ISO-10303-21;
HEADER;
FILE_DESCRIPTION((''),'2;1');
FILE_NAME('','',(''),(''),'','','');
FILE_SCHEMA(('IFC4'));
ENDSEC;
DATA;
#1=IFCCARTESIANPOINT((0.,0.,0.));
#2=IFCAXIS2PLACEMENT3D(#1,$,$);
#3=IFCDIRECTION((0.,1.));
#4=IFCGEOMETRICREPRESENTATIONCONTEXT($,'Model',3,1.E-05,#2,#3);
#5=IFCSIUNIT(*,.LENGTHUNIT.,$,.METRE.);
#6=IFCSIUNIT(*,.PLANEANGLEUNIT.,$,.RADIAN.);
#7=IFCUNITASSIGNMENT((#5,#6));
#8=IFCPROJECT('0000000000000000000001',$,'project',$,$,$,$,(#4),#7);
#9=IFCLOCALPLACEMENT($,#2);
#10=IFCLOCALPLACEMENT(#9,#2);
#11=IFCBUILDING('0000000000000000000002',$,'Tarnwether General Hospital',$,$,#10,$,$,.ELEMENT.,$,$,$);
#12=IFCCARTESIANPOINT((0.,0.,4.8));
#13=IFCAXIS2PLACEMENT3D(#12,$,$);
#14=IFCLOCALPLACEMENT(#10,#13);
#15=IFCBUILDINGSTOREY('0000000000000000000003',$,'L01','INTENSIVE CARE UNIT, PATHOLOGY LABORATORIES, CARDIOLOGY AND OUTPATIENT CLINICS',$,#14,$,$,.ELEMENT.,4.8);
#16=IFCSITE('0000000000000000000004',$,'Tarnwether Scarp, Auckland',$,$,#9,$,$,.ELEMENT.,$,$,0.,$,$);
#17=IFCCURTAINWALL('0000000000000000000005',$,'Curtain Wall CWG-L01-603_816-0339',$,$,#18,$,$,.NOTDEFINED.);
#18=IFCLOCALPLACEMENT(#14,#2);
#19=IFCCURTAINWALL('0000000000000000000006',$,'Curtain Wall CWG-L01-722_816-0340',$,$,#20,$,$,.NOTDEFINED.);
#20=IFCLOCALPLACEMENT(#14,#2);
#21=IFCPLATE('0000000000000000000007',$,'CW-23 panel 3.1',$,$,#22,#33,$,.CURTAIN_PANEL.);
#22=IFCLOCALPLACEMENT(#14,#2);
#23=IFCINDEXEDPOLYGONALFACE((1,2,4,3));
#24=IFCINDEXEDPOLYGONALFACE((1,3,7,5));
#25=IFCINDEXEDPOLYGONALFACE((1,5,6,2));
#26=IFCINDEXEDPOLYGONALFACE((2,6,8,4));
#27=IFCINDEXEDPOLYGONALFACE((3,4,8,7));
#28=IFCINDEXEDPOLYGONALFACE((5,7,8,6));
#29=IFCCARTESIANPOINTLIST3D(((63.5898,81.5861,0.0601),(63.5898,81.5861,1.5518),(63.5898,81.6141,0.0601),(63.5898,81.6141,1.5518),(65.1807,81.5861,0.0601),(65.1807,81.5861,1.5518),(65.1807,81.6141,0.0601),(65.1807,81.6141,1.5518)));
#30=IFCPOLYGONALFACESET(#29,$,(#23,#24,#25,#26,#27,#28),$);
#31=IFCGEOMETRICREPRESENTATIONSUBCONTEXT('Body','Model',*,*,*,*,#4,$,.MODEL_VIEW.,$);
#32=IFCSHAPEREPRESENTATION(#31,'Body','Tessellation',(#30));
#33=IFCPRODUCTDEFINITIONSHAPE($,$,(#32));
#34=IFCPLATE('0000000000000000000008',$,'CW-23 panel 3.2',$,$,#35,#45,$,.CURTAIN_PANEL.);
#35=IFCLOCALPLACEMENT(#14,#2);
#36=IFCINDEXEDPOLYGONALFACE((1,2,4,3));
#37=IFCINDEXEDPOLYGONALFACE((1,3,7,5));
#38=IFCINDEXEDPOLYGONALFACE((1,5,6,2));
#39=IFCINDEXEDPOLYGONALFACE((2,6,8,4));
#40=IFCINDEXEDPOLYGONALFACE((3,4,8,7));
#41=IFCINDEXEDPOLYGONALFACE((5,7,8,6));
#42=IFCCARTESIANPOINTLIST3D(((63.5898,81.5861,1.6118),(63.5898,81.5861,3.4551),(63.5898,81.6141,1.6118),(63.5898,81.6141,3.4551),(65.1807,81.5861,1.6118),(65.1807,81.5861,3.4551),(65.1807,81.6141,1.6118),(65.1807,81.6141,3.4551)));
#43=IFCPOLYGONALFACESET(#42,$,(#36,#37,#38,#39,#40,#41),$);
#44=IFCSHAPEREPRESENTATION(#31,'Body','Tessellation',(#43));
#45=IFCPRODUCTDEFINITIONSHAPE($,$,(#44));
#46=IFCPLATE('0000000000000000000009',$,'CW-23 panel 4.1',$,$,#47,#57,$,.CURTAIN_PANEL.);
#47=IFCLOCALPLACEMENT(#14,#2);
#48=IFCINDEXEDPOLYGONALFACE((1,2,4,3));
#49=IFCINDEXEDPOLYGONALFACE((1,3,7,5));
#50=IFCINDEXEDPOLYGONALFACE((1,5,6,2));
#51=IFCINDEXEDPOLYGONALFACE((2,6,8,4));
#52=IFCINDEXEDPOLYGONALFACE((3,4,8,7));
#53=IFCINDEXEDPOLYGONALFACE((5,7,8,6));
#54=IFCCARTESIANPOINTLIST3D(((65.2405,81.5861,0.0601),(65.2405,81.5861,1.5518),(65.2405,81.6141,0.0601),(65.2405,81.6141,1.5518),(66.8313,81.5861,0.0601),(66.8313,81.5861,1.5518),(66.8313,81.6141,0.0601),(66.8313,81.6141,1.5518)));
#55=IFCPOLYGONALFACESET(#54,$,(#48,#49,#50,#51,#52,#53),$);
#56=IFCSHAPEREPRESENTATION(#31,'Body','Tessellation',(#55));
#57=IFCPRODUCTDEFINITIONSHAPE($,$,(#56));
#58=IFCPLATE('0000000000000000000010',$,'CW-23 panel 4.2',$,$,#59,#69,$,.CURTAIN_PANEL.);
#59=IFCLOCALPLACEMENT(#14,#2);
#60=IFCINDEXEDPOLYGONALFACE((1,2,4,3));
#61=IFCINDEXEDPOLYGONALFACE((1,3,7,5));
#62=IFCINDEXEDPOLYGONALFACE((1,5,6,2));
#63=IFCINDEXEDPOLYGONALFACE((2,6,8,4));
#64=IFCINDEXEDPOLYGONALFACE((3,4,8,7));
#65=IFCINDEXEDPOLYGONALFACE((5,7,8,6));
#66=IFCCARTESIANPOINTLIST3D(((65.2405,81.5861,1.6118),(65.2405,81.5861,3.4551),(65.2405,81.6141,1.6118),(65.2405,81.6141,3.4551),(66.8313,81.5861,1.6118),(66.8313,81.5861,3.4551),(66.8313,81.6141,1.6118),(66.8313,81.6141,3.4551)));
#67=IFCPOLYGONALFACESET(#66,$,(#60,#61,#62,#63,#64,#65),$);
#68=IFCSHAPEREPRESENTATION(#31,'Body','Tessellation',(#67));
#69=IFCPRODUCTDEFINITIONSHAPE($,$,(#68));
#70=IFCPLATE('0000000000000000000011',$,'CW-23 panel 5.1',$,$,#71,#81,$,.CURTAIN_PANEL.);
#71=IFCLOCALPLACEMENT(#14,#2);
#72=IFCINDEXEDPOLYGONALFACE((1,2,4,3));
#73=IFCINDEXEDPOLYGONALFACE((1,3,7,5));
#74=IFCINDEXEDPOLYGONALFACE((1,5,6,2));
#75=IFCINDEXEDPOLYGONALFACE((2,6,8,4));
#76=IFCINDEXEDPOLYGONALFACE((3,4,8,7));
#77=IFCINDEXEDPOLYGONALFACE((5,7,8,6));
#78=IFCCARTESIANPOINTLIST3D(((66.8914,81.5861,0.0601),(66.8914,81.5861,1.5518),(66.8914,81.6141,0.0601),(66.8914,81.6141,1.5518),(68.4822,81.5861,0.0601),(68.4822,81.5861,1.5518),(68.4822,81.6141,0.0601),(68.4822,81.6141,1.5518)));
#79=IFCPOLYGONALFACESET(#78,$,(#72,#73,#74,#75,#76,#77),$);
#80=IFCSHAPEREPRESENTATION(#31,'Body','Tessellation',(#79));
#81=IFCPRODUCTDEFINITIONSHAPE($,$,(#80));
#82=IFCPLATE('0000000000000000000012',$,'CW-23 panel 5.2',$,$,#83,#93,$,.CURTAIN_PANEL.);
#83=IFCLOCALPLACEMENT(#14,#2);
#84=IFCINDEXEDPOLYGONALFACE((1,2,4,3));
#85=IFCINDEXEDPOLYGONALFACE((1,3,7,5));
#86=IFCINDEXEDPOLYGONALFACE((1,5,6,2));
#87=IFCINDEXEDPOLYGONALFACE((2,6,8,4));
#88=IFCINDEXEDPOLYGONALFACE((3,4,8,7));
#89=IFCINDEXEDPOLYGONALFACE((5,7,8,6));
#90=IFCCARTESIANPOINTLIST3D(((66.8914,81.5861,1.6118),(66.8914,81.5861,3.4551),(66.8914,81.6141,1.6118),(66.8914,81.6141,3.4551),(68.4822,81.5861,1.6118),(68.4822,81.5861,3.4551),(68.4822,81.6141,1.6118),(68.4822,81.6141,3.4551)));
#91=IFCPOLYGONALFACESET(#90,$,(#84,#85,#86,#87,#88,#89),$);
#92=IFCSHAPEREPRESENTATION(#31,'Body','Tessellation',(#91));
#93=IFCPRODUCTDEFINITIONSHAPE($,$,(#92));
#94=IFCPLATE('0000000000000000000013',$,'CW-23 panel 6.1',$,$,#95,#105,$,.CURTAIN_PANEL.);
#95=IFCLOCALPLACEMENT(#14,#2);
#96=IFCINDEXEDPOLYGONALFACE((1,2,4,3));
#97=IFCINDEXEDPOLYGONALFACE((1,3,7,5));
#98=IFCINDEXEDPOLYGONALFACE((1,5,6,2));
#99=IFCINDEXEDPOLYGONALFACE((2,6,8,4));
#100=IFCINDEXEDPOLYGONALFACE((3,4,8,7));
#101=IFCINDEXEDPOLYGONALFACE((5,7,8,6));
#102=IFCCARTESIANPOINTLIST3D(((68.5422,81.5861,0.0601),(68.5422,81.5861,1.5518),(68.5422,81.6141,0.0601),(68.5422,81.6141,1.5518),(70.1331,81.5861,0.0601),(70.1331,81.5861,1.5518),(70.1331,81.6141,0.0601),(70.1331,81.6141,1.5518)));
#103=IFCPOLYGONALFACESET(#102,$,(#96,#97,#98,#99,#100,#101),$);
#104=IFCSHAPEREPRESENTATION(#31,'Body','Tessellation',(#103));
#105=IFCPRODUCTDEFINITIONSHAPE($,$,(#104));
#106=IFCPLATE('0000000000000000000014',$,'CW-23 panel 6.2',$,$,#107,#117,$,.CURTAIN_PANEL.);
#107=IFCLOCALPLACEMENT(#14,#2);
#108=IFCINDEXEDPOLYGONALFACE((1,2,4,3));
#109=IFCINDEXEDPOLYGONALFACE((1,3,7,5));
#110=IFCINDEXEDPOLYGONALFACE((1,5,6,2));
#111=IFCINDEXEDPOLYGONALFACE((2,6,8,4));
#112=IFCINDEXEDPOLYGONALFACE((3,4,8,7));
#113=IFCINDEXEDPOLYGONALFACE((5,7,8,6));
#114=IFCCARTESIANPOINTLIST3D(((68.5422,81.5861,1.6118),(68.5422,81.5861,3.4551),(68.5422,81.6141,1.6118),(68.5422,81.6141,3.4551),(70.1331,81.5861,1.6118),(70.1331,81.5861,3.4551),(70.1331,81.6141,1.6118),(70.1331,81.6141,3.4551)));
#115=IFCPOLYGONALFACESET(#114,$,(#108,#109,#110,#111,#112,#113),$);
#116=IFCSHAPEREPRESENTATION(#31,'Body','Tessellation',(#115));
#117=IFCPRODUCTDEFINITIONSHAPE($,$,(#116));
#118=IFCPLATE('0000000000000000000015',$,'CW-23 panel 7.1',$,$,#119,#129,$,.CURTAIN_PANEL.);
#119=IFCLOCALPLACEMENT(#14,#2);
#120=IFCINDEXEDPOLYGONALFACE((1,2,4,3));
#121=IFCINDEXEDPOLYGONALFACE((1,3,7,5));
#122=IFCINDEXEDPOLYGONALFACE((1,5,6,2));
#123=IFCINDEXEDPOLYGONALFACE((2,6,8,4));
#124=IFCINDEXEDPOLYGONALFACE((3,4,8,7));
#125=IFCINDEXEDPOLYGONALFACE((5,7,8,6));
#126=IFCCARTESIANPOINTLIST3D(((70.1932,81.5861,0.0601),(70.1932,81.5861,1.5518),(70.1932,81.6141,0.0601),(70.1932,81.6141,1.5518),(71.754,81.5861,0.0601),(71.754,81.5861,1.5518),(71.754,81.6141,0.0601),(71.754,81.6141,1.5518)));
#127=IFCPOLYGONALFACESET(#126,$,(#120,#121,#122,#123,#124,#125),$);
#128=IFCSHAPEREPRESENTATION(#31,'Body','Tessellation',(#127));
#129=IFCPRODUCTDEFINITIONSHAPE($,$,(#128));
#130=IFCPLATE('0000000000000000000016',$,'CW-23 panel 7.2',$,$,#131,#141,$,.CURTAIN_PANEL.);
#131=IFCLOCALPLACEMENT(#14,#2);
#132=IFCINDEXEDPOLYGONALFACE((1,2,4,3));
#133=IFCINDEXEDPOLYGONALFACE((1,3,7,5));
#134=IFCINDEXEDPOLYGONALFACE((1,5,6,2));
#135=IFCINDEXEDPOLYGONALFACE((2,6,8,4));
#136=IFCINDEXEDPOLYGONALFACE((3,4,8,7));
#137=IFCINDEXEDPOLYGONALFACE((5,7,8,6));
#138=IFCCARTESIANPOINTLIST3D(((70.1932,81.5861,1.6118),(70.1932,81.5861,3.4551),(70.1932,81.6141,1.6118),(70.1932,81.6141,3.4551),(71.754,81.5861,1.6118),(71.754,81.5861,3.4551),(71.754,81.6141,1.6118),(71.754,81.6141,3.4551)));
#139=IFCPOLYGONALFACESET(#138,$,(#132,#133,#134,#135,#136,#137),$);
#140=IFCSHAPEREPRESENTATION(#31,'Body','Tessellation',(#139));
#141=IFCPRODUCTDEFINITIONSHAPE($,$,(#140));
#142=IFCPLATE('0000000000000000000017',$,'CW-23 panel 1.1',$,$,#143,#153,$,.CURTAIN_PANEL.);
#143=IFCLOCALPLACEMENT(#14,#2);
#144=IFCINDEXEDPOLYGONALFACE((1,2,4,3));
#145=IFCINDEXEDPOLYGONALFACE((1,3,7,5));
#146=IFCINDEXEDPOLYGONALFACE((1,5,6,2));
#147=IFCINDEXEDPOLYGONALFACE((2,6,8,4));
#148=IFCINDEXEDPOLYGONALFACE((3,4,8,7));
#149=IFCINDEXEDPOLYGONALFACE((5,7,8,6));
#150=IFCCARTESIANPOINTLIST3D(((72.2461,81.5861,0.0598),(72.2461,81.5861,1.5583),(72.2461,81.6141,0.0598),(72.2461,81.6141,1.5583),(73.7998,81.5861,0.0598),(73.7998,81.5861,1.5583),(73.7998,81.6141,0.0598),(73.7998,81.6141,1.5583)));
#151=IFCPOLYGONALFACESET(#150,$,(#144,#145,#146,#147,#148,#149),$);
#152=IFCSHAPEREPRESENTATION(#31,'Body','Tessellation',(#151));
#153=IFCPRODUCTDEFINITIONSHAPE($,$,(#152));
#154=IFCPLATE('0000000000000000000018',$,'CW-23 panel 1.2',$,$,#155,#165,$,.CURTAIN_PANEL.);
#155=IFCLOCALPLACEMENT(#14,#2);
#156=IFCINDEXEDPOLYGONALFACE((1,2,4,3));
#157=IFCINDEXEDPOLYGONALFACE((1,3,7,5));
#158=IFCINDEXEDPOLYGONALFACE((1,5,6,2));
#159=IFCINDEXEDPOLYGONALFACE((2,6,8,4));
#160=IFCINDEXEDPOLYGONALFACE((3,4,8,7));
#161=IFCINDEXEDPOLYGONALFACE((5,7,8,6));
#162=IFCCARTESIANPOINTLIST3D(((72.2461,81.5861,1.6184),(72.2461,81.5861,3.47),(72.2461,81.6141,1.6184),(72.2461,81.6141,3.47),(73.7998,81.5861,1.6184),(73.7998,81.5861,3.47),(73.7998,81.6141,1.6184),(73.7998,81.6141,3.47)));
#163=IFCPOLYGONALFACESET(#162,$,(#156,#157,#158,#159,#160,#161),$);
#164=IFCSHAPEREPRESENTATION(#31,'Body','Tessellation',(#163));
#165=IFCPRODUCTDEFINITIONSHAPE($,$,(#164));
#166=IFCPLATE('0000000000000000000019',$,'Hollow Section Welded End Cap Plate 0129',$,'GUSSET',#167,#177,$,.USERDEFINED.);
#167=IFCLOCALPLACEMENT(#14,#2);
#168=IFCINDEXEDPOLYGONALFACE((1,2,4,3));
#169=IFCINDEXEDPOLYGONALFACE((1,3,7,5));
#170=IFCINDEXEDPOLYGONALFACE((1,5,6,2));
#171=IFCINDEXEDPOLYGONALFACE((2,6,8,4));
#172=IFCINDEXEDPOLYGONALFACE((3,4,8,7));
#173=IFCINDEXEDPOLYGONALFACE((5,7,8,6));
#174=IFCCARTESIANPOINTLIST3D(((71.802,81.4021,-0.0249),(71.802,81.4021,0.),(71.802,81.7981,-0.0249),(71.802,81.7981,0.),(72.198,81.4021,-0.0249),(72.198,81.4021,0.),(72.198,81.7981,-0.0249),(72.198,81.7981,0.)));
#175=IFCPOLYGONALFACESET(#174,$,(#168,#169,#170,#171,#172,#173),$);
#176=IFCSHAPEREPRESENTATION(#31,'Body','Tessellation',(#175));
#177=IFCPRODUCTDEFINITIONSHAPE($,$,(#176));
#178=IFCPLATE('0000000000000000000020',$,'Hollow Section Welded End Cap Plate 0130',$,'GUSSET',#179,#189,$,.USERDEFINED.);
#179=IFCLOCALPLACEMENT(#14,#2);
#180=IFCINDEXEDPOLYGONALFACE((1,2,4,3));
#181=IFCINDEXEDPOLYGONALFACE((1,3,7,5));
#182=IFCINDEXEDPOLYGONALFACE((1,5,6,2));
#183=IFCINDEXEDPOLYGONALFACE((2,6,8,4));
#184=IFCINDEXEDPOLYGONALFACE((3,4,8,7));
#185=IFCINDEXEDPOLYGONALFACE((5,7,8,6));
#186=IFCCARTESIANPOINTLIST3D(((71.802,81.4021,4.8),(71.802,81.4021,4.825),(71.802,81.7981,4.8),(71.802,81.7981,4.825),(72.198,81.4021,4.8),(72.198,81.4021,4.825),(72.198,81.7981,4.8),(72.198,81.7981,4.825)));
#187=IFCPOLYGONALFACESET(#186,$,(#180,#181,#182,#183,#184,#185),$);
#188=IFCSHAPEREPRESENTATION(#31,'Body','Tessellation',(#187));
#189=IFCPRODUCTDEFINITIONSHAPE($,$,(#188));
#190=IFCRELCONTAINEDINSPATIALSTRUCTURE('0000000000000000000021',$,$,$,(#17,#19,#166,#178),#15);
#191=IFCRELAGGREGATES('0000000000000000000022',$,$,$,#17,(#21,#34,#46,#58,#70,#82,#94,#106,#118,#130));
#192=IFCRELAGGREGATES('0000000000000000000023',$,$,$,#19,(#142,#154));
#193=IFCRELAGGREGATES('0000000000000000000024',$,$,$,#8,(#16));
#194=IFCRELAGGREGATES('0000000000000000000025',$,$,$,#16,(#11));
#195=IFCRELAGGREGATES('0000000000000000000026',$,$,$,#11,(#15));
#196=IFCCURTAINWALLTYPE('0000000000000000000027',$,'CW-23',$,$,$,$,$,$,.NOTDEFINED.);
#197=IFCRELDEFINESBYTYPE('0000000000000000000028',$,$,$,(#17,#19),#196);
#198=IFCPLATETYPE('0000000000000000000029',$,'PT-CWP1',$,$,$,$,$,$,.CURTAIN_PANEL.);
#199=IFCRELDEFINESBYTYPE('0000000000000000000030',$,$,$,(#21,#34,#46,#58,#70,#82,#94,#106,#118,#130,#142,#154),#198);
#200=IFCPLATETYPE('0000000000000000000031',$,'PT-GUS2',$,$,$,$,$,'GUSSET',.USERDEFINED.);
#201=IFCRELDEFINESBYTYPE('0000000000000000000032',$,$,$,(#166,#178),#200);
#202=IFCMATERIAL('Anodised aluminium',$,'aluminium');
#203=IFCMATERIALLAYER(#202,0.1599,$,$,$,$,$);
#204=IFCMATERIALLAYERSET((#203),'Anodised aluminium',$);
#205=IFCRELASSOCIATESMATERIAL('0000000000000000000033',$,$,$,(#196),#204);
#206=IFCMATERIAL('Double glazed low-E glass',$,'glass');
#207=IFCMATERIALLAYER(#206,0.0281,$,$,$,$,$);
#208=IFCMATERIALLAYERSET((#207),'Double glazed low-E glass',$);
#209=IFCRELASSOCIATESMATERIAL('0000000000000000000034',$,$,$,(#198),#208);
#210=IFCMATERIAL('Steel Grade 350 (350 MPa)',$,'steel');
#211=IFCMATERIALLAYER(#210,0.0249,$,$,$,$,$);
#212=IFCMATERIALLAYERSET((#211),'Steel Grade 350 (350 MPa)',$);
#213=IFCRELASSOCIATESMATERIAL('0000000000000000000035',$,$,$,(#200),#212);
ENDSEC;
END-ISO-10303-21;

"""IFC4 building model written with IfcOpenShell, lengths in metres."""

from ifc_helpers import new_model, si_unit, direction, frame, origin, origin_2d, place, context, subcontext, project, spatial, rectangle, extrude, material, layer, layer_set, type_object, element, aggregate, save


model = new_model("IFC4")

# Units and contexts
model_context = context("Model", 3, precision=1e-05, world=origin(), true_north=direction((0.0, 1.0)))
body_context = subcontext(model_context, "Body", "Model", "MODEL_VIEW")
ifc_project = project(units=[si_unit("LENGTHUNIT", "METRE"), si_unit("PLANEANGLEUNIT", "RADIAN")], contexts=[model_context])

# Site, building, storey
site_placement = place(None, origin())
site = spatial("IfcSite", under=ifc_project, at=site_placement, Name="Tarnwether Scarp, Auckland", CompositionType="ELEMENT", RefElevation=0.0)
building_placement = place(site_placement, origin())
building = spatial("IfcBuilding", under=site, at=building_placement, Name="Tarnwether General Hospital", CompositionType="ELEMENT")
storey_placement = place(building_placement, frame((0.0, 0.0, 4.8)))
storey = spatial("IfcBuildingStorey", under=building, at=storey_placement, Name="L01", Description="INTENSIVE CARE UNIT, PATHOLOGY LABORATORIES, CARDIOLOGY AND OUTPATIENT CLINICS", CompositionType="ELEMENT", Elevation=4.8)

# Curtain wall
ifc_material_1 = material(Name="Anodised aluminium", Category="aluminium")
ifc_layer_1 = layer(ifc_material_1, 0.1599)
ifc_layer_set_1 = layer_set([ifc_layer_1], Name="Anodised aluminium")
curtain_wall_type = type_object("IfcCurtainWallType", Name="CW-23", PredefinedType="NOTDEFINED", material=ifc_layer_set_1)
curtain_wall_1_placement = place(storey_placement, origin())
curtain_wall_1 = element("IfcCurtainWall", 1, at=curtain_wall_1_placement, inside=storey, type_object=curtain_wall_type, Name="Curtain Wall CWG-L01-603_816-0339", PredefinedType="NOTDEFINED")

# Curtain wall
curtain_wall_2_placement = place(storey_placement, origin())
curtain_wall_2 = element("IfcCurtainWall", 2, at=curtain_wall_2_placement, inside=storey, type_object=curtain_wall_type, Name="Curtain Wall CWG-L01-722_816-0340", PredefinedType="NOTDEFINED")

# Plates
ifc_material_2 = material(Name="Double glazed low-E glass", Category="glass")
ifc_layer_2 = layer(ifc_material_2, 0.0281)
ifc_layer_set_2 = layer_set([ifc_layer_2], Name="Double glazed low-E glass")
plate_type_1 = type_object("IfcPlateType", Name="PT-CWP1", PredefinedType="CURTAIN_PANEL", material=ifc_layer_set_2)
plate_1_placement = place(storey_placement, frame((64.3853, 81.6001, 0.0601), z_axis=(0.0, 0.0, 1.0), x_axis=(1.0, 0.0, 0.0)))
plate_1 = element("IfcPlate", 3, at=plate_1_placement, type_object=plate_type_1, Name="CW-23 panel 3.1", PredefinedType="CURTAIN_PANEL", context=body_context, shape_type="SweptSolid", body=[
    extrude(rectangle(XDim=1.5908, YDim=0.0281, at=origin_2d()), origin(), (0.0, 0.0, 1.0), 1.4917),
])
plate_2_placement = place(storey_placement, frame((64.3853, 81.6001, 1.6118), z_axis=(0.0, 0.0, 1.0), x_axis=(1.0, 0.0, 0.0)))
plate_2 = element("IfcPlate", 4, at=plate_2_placement, type_object=plate_type_1, Name="CW-23 panel 3.2", PredefinedType="CURTAIN_PANEL", context=body_context, shape_type="SweptSolid", body=[
    extrude(rectangle(XDim=1.5908, YDim=0.0281, at=origin_2d()), origin(), (0.0, 0.0, 1.0), 1.8433),
])
plate_3_placement = place(storey_placement, frame((66.0359, 81.6001, 0.0601), z_axis=(0.0, 0.0, 1.0), x_axis=(1.0, 0.0, 0.0)))
plate_3 = element("IfcPlate", 5, at=plate_3_placement, type_object=plate_type_1, Name="CW-23 panel 4.1", PredefinedType="CURTAIN_PANEL", context=body_context, shape_type="SweptSolid", body=[
    extrude(rectangle(XDim=1.5908, YDim=0.0281, at=origin_2d()), origin(), (0.0, 0.0, 1.0), 1.4917),
])
plate_4_placement = place(storey_placement, frame((66.0359, 81.6001, 1.6118), z_axis=(0.0, 0.0, 1.0), x_axis=(1.0, 0.0, 0.0)))
plate_4 = element("IfcPlate", 6, at=plate_4_placement, type_object=plate_type_1, Name="CW-23 panel 4.2", PredefinedType="CURTAIN_PANEL", context=body_context, shape_type="SweptSolid", body=[
    extrude(rectangle(XDim=1.5908, YDim=0.0281, at=origin_2d()), origin(), (0.0, 0.0, 1.0), 1.8433),
])
plate_5_placement = place(storey_placement, frame((67.6868, 81.6001, 0.0601), z_axis=(0.0, 0.0, 1.0), x_axis=(1.0, 0.0, 0.0)))
plate_5 = element("IfcPlate", 7, at=plate_5_placement, type_object=plate_type_1, Name="CW-23 panel 5.1", PredefinedType="CURTAIN_PANEL", context=body_context, shape_type="SweptSolid", body=[
    extrude(rectangle(XDim=1.5908, YDim=0.0281, at=origin_2d()), origin(), (0.0, 0.0, 1.0), 1.4917),
])
plate_6_placement = place(storey_placement, frame((67.6868, 81.6001, 1.6118), z_axis=(0.0, 0.0, 1.0), x_axis=(1.0, 0.0, 0.0)))
plate_6 = element("IfcPlate", 8, at=plate_6_placement, type_object=plate_type_1, Name="CW-23 panel 5.2", PredefinedType="CURTAIN_PANEL", context=body_context, shape_type="SweptSolid", body=[
    extrude(rectangle(XDim=1.5908, YDim=0.0281, at=origin_2d()), origin(), (0.0, 0.0, 1.0), 1.8433),
])
plate_7_placement = place(storey_placement, frame((69.3376, 81.6001, 0.0601), z_axis=(0.0, 0.0, 1.0), x_axis=(1.0, 0.0, 0.0)))
plate_7 = element("IfcPlate", 9, at=plate_7_placement, type_object=plate_type_1, Name="CW-23 panel 6.1", PredefinedType="CURTAIN_PANEL", context=body_context, shape_type="SweptSolid", body=[
    extrude(rectangle(XDim=1.5908, YDim=0.0281, at=origin_2d()), origin(), (0.0, 0.0, 1.0), 1.4917),
])
plate_8_placement = place(storey_placement, frame((69.3376, 81.6001, 1.6118), z_axis=(0.0, 0.0, 1.0), x_axis=(1.0, 0.0, 0.0)))
plate_8 = element("IfcPlate", 10, at=plate_8_placement, type_object=plate_type_1, Name="CW-23 panel 6.2", PredefinedType="CURTAIN_PANEL", context=body_context, shape_type="SweptSolid", body=[
    extrude(rectangle(XDim=1.5908, YDim=0.0281, at=origin_2d()), origin(), (0.0, 0.0, 1.0), 1.8433),
])
plate_9_placement = place(storey_placement, frame((70.9736, 81.6001, 0.0601), z_axis=(0.0, 0.0, 1.0), x_axis=(1.0, 0.0, 0.0)))
plate_9 = element("IfcPlate", 11, at=plate_9_placement, type_object=plate_type_1, Name="CW-23 panel 7.1", PredefinedType="CURTAIN_PANEL", context=body_context, shape_type="SweptSolid", body=[
    extrude(rectangle(XDim=1.5608, YDim=0.0281, at=origin_2d()), origin(), (0.0, 0.0, 1.0), 1.4917),
])
plate_10_placement = place(storey_placement, frame((70.9736, 81.6001, 1.6118), z_axis=(0.0, 0.0, 1.0), x_axis=(1.0, 0.0, 0.0)))
plate_10 = element("IfcPlate", 12, at=plate_10_placement, type_object=plate_type_1, Name="CW-23 panel 7.2", PredefinedType="CURTAIN_PANEL", context=body_context, shape_type="SweptSolid", body=[
    extrude(rectangle(XDim=1.5608, YDim=0.0281, at=origin_2d()), origin(), (0.0, 0.0, 1.0), 1.8433),
])
aggregate(curtain_wall_1, [plate_1, plate_2, plate_3, plate_4, plate_5, plate_6, plate_7, plate_8, plate_9, plate_10])
plate_11_placement = place(storey_placement, frame((73.0229, 81.6001, 0.0598), z_axis=(0.0, 0.0, 1.0), x_axis=(1.0, 0.0, 0.0)))
plate_11 = element("IfcPlate", 13, at=plate_11_placement, type_object=plate_type_1, Name="CW-23 panel 1.1", PredefinedType="CURTAIN_PANEL", context=body_context, shape_type="SweptSolid", body=[
    extrude(rectangle(XDim=1.5537, YDim=0.0281, at=origin_2d()), origin(), (0.0, 0.0, 1.0), 1.4985),
])
plate_12_placement = place(storey_placement, frame((73.0229, 81.6001, 1.6184), z_axis=(0.0, 0.0, 1.0), x_axis=(1.0, 0.0, 0.0)))
plate_12 = element("IfcPlate", 14, at=plate_12_placement, type_object=plate_type_1, Name="CW-23 panel 1.2", PredefinedType="CURTAIN_PANEL", context=body_context, shape_type="SweptSolid", body=[
    extrude(rectangle(XDim=1.5537, YDim=0.0281, at=origin_2d()), origin(), (0.0, 0.0, 1.0), 1.8516),
])
aggregate(curtain_wall_2, [plate_11, plate_12])

# Plates
ifc_material_3 = material(Name="Steel Grade 350 (350 MPa)", Category="steel")
ifc_layer_3 = layer(ifc_material_3, 0.0249)
ifc_layer_set_3 = layer_set([ifc_layer_3], Name="Steel Grade 350 (350 MPa)")
plate_type_2 = type_object("IfcPlateType", Name="PT-GUS2", ElementType="GUSSET", PredefinedType="USERDEFINED", material=ifc_layer_set_3)
for number, where, z_axis, x_axis, name in (
    (15, (72.0, 81.6001, -0.0249), (0.0, 0.0, 1.0), (1.0, 0.0, 0.0), "Hollow Section Welded End Cap Plate 0129"),
    (16, (72.0, 81.6001, 4.8), (0.0, 0.0, 1.0), (1.0, 0.0, 0.0), "Hollow Section Welded End Cap Plate 0130"),
):
    element("IfcPlate", number, at=place(storey_placement, frame(where, z_axis=z_axis, x_axis=x_axis)), inside=storey, type_object=plate_type_2, Name=name, ObjectType="GUSSET", PredefinedType="USERDEFINED", context=body_context, shape_type="SweptSolid", body=[
        extrude(rectangle(XDim=0.396, YDim=0.396, at=origin_2d()), origin(), (0.0, 0.0, 1.0), 0.0249),
    ])

save(model, "model.ifc")
